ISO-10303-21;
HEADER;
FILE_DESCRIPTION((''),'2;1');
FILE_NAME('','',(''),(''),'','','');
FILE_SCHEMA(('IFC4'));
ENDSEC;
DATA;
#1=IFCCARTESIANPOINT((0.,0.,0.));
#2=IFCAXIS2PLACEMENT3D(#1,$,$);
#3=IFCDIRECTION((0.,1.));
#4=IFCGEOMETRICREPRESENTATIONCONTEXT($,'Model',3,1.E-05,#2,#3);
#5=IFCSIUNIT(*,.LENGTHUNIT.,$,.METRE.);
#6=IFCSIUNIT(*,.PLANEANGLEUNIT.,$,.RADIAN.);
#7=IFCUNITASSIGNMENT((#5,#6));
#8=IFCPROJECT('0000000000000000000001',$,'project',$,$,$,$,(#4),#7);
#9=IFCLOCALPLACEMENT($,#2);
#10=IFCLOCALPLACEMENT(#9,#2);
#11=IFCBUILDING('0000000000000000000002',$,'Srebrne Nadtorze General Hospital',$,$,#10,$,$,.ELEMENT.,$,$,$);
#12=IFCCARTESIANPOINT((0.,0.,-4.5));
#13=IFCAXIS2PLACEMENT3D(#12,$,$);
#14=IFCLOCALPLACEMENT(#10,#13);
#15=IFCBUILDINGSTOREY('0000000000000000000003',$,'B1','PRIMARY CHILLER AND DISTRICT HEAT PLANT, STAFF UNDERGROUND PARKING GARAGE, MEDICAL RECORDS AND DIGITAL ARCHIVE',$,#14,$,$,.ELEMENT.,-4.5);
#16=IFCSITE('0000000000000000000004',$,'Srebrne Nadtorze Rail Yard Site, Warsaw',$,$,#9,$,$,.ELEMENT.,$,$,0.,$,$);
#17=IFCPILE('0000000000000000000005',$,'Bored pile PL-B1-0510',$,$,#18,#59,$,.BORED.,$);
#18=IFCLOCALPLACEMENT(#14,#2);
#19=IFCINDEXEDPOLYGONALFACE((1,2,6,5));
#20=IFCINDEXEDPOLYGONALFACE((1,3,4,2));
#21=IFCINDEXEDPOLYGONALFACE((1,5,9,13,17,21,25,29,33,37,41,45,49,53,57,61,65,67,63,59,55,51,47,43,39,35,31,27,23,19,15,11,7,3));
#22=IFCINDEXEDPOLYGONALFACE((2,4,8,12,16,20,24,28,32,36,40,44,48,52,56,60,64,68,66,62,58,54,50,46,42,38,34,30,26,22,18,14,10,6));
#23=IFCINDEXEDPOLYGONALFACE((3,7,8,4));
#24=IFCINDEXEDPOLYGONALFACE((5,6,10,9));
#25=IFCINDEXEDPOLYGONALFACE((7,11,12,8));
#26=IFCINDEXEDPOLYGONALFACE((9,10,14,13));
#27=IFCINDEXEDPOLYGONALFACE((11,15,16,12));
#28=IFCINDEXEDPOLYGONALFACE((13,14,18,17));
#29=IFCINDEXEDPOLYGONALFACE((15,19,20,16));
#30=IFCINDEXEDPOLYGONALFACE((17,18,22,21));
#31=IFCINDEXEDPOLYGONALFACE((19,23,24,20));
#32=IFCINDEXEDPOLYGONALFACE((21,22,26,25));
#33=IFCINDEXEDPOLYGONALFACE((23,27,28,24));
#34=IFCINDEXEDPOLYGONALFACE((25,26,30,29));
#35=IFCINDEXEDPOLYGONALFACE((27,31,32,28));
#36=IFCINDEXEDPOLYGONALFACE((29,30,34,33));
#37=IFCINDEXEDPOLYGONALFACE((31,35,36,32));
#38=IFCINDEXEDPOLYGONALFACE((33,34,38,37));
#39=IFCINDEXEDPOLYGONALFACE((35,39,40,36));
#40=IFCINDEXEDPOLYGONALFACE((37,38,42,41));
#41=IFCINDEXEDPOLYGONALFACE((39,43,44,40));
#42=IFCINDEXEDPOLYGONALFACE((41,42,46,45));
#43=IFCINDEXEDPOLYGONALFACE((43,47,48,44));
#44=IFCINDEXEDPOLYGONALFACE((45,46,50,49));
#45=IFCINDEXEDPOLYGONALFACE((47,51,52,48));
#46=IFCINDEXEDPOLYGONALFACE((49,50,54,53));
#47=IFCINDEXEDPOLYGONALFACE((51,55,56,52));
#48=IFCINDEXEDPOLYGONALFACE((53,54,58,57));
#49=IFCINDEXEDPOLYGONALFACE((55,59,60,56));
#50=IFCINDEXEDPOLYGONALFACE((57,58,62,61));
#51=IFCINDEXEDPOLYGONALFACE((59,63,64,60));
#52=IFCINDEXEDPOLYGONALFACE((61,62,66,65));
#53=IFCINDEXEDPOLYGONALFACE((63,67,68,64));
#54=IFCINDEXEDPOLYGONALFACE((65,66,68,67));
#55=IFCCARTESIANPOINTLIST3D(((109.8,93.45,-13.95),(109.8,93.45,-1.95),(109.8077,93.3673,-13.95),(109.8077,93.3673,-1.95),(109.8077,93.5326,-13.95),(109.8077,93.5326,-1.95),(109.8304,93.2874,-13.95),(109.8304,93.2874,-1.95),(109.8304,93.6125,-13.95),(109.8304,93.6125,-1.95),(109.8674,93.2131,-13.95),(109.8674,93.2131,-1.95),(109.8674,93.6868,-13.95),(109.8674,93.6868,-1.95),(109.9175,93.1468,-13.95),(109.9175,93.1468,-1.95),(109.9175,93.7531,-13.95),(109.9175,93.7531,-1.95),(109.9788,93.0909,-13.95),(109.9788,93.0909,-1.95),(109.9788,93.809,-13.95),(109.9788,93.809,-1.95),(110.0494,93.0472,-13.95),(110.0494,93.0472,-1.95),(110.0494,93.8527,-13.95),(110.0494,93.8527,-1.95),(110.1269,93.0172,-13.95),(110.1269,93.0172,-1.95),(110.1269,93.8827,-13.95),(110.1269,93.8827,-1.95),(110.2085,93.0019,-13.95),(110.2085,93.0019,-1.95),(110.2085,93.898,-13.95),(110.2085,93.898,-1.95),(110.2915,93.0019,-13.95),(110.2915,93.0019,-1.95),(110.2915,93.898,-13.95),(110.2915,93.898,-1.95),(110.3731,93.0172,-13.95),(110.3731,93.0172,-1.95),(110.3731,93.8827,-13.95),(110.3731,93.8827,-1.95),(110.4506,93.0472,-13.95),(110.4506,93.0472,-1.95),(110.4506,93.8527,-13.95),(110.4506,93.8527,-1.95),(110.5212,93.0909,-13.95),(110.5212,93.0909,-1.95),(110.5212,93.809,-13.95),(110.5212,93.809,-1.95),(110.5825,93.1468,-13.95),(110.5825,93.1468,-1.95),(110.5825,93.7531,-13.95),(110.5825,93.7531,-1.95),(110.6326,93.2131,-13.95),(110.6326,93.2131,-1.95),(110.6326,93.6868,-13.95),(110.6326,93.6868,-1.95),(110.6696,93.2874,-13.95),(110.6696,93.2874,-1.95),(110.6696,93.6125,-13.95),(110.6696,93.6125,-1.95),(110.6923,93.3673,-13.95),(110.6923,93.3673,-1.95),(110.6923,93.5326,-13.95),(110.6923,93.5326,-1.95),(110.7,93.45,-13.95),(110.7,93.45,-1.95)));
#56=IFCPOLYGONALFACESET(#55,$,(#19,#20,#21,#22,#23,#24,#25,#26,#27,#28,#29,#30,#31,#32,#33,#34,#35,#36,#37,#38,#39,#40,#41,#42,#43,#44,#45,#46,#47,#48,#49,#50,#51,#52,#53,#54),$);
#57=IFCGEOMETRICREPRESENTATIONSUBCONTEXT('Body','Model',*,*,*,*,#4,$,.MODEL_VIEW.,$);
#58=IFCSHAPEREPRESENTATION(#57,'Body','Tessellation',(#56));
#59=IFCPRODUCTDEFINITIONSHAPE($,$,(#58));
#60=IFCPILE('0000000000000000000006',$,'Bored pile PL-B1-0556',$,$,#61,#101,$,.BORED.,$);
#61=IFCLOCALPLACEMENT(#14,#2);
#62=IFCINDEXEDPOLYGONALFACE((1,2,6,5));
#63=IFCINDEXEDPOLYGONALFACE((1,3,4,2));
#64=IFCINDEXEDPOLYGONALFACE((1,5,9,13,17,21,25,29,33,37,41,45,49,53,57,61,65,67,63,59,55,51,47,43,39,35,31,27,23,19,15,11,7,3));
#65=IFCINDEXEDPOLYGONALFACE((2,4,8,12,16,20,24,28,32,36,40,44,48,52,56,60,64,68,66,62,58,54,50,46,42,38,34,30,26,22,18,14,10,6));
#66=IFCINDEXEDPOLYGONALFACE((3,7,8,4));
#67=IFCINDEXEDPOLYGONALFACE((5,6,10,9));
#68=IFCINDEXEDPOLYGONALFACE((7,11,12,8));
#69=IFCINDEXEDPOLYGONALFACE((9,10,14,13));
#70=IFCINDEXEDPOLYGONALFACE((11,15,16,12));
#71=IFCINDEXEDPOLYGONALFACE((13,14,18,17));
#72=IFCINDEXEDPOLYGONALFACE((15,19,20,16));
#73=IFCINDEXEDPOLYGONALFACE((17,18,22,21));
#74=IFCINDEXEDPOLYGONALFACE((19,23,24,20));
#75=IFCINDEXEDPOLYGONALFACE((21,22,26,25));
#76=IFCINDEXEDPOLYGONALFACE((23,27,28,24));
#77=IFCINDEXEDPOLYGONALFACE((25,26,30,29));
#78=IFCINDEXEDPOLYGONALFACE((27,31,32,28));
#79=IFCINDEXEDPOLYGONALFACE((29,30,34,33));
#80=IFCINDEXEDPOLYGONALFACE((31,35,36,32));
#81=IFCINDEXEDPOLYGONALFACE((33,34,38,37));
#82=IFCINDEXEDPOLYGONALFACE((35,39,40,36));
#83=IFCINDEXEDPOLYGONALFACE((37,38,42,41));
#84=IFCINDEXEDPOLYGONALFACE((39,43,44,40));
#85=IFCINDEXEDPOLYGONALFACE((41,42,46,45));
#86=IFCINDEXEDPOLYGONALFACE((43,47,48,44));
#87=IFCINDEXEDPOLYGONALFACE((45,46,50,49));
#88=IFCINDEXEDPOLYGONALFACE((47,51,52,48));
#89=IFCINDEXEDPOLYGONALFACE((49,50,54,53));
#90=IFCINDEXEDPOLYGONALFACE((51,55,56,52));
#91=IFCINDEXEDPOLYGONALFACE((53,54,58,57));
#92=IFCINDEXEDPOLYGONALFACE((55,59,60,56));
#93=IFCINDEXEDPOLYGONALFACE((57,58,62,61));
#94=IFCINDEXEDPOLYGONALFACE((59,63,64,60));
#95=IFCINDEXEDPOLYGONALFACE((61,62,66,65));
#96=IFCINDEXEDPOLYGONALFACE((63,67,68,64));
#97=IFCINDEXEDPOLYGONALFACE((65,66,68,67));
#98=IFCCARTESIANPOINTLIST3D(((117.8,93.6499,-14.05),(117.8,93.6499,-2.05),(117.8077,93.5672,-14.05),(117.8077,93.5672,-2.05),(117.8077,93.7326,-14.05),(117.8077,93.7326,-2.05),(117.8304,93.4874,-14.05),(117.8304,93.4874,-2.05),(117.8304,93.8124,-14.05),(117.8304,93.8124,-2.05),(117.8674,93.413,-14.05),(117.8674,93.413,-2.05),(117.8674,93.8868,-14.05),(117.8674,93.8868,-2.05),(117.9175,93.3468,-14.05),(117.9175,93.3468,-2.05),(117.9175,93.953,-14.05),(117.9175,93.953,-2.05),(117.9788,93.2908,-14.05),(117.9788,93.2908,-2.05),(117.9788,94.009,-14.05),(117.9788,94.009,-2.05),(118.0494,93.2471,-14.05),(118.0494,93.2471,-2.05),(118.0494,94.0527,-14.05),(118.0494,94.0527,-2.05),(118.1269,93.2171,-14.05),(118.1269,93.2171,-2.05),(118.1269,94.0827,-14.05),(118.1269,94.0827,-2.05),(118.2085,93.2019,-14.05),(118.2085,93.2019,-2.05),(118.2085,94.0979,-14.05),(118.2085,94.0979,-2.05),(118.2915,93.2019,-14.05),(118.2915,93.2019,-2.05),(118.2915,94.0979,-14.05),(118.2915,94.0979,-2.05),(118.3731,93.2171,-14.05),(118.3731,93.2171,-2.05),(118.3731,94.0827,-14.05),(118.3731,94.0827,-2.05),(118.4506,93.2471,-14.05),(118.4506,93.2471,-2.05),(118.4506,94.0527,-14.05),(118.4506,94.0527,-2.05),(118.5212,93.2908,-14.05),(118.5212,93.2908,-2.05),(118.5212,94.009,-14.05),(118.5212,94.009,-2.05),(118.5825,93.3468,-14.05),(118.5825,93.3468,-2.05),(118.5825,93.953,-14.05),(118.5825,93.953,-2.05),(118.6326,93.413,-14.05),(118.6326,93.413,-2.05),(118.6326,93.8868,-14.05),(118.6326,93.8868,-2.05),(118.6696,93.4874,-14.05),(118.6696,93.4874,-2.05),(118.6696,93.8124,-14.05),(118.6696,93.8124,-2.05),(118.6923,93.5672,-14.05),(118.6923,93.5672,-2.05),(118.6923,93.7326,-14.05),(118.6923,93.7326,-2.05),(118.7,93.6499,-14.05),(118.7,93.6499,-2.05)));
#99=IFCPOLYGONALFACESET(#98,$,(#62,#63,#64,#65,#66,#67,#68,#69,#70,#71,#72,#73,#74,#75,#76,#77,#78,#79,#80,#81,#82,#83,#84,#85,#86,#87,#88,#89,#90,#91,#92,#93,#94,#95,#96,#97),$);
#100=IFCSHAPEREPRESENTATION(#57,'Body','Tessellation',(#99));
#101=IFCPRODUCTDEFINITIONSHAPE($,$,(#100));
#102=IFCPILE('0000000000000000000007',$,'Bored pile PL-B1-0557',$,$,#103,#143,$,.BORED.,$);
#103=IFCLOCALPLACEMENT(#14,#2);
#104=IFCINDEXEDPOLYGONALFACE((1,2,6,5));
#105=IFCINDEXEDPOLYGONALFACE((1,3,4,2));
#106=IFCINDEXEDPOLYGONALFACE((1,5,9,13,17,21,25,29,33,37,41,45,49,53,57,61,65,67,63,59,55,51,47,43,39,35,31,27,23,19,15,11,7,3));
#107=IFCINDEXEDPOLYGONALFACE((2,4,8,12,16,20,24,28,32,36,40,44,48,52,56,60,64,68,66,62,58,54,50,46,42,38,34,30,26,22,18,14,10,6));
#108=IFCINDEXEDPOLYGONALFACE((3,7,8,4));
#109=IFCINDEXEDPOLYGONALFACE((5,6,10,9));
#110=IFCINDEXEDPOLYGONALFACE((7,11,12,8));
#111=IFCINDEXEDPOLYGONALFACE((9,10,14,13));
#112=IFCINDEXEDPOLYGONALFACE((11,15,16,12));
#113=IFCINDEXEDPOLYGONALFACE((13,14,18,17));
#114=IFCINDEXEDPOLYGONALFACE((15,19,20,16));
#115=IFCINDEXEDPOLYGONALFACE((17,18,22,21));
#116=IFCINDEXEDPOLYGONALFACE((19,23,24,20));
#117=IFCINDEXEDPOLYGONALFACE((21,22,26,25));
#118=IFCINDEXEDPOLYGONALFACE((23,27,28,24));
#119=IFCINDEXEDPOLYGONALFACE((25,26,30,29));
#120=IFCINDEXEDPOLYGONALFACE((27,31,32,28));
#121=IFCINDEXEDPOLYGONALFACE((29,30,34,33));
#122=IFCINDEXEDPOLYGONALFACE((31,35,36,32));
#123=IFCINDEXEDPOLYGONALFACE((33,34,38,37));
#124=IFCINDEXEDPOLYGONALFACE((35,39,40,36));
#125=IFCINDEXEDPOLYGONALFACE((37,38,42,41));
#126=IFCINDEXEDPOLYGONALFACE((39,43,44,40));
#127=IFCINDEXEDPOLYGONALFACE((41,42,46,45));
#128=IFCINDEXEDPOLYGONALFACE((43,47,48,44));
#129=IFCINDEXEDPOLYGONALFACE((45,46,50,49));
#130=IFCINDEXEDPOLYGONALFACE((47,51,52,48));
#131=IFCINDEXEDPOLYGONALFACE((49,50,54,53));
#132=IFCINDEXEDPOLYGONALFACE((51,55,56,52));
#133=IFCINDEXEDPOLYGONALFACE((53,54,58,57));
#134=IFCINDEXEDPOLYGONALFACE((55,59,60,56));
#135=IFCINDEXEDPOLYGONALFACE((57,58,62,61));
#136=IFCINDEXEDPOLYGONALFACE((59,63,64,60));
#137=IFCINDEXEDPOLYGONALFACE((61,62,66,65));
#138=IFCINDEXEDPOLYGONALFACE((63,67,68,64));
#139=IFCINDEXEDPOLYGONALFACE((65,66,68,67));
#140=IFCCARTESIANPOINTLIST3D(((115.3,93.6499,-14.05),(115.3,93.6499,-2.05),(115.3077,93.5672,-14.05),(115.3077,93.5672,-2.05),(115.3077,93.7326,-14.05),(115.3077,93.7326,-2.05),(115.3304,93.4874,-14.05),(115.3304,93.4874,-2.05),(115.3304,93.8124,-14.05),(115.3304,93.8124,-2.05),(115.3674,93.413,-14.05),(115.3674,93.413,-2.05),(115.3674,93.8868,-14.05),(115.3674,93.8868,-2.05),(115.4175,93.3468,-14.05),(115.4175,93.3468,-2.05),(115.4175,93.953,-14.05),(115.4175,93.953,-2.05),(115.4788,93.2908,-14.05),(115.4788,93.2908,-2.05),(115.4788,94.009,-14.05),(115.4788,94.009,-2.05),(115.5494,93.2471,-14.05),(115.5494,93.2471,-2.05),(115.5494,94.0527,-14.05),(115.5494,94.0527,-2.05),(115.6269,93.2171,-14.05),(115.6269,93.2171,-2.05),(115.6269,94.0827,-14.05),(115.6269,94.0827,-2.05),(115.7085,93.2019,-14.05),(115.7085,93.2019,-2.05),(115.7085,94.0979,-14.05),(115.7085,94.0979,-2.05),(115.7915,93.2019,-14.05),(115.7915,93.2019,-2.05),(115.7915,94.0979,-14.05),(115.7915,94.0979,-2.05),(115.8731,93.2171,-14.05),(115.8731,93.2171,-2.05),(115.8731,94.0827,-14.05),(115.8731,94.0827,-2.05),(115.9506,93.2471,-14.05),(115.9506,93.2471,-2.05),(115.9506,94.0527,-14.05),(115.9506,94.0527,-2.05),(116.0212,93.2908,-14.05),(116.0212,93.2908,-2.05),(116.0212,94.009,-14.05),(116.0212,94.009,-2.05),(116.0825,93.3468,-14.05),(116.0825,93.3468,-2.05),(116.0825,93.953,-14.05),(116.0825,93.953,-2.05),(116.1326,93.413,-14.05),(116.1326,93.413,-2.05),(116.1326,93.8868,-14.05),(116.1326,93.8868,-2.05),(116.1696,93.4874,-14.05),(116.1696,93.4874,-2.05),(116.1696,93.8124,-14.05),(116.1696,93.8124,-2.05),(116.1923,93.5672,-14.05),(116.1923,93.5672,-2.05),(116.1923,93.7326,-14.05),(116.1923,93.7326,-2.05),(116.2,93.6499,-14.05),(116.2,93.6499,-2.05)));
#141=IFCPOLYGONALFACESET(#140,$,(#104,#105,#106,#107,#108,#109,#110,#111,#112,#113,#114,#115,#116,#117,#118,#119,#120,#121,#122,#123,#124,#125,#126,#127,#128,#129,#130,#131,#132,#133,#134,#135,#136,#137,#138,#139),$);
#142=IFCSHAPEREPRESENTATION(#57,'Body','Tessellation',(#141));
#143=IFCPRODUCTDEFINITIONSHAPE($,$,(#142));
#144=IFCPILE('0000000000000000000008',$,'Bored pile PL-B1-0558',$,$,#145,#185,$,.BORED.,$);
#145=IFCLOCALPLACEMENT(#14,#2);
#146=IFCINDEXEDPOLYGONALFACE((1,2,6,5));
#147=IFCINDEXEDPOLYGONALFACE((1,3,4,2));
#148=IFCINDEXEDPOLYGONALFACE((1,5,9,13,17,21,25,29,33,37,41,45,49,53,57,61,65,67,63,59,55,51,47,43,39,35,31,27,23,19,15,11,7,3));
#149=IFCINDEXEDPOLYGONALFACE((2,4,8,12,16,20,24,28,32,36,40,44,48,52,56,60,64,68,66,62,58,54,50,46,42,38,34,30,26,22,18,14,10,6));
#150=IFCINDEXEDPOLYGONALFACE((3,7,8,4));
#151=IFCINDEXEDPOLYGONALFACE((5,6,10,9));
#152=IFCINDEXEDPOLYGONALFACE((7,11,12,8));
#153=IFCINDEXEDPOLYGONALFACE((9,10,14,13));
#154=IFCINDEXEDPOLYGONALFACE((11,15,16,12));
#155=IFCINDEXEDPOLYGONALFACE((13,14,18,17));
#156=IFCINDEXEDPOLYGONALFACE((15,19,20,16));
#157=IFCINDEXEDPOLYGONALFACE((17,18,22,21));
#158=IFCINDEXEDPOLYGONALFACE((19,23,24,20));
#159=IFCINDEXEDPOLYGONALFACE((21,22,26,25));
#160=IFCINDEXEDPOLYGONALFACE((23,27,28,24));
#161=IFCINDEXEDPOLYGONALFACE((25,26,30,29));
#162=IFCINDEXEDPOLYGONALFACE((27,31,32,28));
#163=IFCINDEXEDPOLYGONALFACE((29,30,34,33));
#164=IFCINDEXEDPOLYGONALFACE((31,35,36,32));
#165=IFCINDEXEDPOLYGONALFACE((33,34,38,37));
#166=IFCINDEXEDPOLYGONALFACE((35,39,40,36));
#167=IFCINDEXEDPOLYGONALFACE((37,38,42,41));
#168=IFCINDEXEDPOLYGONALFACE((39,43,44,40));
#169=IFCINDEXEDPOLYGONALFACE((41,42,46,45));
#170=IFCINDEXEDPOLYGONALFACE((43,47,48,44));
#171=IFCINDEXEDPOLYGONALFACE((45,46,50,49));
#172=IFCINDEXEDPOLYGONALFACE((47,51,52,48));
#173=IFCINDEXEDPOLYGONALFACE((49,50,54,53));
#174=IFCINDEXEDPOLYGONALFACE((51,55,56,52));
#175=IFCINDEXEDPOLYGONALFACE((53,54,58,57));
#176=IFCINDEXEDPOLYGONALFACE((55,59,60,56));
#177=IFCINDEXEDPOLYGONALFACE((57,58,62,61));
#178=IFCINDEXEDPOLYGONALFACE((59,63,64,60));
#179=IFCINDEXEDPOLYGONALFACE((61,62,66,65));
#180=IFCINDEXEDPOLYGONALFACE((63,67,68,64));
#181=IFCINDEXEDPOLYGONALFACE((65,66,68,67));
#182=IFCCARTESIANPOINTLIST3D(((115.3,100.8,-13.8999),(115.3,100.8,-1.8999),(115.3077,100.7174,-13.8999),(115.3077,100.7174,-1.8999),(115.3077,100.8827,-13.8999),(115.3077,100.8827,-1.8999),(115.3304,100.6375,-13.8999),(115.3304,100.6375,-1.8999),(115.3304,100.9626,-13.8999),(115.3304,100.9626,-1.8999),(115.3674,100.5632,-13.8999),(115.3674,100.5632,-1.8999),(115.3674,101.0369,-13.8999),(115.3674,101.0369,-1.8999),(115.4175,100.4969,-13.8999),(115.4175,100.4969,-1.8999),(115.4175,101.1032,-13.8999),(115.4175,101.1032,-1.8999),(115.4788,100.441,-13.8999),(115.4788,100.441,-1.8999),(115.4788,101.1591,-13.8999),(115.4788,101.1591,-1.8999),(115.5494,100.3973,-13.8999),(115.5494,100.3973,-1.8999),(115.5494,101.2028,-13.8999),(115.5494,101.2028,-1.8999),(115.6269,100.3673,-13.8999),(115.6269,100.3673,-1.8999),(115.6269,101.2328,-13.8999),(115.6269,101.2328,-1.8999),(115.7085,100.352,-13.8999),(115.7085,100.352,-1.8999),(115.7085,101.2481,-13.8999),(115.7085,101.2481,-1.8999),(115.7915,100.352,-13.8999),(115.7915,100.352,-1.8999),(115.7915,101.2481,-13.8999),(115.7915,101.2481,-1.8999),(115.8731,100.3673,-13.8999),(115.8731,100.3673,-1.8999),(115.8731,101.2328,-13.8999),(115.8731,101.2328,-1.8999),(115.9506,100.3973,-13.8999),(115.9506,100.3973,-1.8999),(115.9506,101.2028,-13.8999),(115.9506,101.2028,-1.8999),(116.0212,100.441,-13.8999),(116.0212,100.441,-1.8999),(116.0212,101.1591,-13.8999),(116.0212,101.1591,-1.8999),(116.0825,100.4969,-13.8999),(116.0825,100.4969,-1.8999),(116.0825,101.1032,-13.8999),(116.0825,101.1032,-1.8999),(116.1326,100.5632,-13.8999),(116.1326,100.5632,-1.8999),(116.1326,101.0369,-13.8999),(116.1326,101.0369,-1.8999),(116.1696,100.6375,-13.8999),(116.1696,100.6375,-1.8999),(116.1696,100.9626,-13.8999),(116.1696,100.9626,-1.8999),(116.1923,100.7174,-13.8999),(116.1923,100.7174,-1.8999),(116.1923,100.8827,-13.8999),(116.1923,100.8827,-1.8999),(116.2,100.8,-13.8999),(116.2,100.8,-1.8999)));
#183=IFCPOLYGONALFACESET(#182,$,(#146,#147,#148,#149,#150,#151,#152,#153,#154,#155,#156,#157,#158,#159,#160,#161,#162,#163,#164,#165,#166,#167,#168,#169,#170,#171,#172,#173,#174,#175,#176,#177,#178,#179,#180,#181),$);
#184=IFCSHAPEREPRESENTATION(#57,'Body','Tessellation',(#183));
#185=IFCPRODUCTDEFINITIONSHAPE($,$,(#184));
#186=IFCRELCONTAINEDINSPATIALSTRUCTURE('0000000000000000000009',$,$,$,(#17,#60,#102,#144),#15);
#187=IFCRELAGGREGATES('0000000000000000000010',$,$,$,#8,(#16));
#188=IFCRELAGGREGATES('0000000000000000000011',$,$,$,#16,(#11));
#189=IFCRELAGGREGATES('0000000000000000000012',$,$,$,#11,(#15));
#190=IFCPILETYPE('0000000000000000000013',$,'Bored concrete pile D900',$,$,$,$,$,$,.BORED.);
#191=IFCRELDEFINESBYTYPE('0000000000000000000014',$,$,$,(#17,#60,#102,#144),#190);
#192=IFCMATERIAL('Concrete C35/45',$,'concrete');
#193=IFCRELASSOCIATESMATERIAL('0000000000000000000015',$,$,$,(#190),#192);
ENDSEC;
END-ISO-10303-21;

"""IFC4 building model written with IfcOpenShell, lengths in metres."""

from ifc_helpers import new_model, si_unit, direction, frame, origin, origin_2d, place, context, subcontext, project, spatial, circle, extrude, material, material_profile, profile_set, type_object, element, save


model = new_model("IFC4")

# Units and contexts
model_context = context("Model", 3, precision=1e-05, world=origin(), true_north=direction((0.0, 1.0)))
body_context = subcontext(model_context, "Body", "Model", "MODEL_VIEW")
ifc_project = project(units=[si_unit("LENGTHUNIT", "METRE"), si_unit("PLANEANGLEUNIT", "RADIAN")], contexts=[model_context])

# Site, building, storey
site_placement = place(None, origin())
site = spatial("IfcSite", under=ifc_project, at=site_placement, Name="Srebrne Nadtorze Rail Yard Site, Warsaw", CompositionType="ELEMENT", RefElevation=0.0)
building_placement = place(site_placement, origin())
building = spatial("IfcBuilding", under=site, at=building_placement, Name="Srebrne Nadtorze General Hospital", CompositionType="ELEMENT")
storey_placement = place(building_placement, frame((0.0, 0.0, -4.5)))
storey = spatial("IfcBuildingStorey", under=building, at=storey_placement, Name="B1", Description="PRIMARY CHILLER AND DISTRICT HEAT PLANT, STAFF UNDERGROUND PARKING GARAGE, MEDICAL RECORDS AND DIGITAL ARCHIVE", CompositionType="ELEMENT", Elevation=-4.5)

# Piles
ifc_material_1 = material(Name="Concrete C35/45", Category="concrete")
ifc_material_profile_1 = material_profile(ifc_material_1, circle(Radius=0.45, at=origin_2d()), Name="PILE-D900")
ifc_profile_set_1 = profile_set([ifc_material_profile_1], Name="Concrete C35/45")
pile_type_1 = type_object("IfcPileType", Name="Bored concrete pile D900", PredefinedType="BORED", material=ifc_profile_set_1)
for number, where, z_axis, x_axis, name in (
    (1, (110.25, 93.45, -1.95), (0.0, 0.0, -1.0), (1.0, 0.0, 0.0), "Bored pile PL-B1-0510"),
    (2, (118.25, 93.6499, -2.05), (0.0, 0.0, -1.0), (1.0, 0.0, 0.0), "Bored pile PL-B1-0556"),
    (3, (115.75, 93.6499, -2.05), (0.0, 0.0, -1.0), (1.0, 0.0, 0.0), "Bored pile PL-B1-0557"),
    (4, (115.75, 100.8, -1.8999), (0.0, 0.0, -1.0), (1.0, 0.0, 0.0), "Bored pile PL-B1-0558"),
):
    element("IfcPile", number, at=place(storey_placement, frame(where, z_axis=z_axis, x_axis=x_axis)), inside=storey, type_object=pile_type_1, Name=name, PredefinedType="BORED", context=body_context, shape_type="SweptSolid", body=[
        extrude(circle(Radius=0.45, at=origin_2d()), origin(), (0.0, 0.0, 1.0), 12.0),
    ])

save(model, "model.ifc")
